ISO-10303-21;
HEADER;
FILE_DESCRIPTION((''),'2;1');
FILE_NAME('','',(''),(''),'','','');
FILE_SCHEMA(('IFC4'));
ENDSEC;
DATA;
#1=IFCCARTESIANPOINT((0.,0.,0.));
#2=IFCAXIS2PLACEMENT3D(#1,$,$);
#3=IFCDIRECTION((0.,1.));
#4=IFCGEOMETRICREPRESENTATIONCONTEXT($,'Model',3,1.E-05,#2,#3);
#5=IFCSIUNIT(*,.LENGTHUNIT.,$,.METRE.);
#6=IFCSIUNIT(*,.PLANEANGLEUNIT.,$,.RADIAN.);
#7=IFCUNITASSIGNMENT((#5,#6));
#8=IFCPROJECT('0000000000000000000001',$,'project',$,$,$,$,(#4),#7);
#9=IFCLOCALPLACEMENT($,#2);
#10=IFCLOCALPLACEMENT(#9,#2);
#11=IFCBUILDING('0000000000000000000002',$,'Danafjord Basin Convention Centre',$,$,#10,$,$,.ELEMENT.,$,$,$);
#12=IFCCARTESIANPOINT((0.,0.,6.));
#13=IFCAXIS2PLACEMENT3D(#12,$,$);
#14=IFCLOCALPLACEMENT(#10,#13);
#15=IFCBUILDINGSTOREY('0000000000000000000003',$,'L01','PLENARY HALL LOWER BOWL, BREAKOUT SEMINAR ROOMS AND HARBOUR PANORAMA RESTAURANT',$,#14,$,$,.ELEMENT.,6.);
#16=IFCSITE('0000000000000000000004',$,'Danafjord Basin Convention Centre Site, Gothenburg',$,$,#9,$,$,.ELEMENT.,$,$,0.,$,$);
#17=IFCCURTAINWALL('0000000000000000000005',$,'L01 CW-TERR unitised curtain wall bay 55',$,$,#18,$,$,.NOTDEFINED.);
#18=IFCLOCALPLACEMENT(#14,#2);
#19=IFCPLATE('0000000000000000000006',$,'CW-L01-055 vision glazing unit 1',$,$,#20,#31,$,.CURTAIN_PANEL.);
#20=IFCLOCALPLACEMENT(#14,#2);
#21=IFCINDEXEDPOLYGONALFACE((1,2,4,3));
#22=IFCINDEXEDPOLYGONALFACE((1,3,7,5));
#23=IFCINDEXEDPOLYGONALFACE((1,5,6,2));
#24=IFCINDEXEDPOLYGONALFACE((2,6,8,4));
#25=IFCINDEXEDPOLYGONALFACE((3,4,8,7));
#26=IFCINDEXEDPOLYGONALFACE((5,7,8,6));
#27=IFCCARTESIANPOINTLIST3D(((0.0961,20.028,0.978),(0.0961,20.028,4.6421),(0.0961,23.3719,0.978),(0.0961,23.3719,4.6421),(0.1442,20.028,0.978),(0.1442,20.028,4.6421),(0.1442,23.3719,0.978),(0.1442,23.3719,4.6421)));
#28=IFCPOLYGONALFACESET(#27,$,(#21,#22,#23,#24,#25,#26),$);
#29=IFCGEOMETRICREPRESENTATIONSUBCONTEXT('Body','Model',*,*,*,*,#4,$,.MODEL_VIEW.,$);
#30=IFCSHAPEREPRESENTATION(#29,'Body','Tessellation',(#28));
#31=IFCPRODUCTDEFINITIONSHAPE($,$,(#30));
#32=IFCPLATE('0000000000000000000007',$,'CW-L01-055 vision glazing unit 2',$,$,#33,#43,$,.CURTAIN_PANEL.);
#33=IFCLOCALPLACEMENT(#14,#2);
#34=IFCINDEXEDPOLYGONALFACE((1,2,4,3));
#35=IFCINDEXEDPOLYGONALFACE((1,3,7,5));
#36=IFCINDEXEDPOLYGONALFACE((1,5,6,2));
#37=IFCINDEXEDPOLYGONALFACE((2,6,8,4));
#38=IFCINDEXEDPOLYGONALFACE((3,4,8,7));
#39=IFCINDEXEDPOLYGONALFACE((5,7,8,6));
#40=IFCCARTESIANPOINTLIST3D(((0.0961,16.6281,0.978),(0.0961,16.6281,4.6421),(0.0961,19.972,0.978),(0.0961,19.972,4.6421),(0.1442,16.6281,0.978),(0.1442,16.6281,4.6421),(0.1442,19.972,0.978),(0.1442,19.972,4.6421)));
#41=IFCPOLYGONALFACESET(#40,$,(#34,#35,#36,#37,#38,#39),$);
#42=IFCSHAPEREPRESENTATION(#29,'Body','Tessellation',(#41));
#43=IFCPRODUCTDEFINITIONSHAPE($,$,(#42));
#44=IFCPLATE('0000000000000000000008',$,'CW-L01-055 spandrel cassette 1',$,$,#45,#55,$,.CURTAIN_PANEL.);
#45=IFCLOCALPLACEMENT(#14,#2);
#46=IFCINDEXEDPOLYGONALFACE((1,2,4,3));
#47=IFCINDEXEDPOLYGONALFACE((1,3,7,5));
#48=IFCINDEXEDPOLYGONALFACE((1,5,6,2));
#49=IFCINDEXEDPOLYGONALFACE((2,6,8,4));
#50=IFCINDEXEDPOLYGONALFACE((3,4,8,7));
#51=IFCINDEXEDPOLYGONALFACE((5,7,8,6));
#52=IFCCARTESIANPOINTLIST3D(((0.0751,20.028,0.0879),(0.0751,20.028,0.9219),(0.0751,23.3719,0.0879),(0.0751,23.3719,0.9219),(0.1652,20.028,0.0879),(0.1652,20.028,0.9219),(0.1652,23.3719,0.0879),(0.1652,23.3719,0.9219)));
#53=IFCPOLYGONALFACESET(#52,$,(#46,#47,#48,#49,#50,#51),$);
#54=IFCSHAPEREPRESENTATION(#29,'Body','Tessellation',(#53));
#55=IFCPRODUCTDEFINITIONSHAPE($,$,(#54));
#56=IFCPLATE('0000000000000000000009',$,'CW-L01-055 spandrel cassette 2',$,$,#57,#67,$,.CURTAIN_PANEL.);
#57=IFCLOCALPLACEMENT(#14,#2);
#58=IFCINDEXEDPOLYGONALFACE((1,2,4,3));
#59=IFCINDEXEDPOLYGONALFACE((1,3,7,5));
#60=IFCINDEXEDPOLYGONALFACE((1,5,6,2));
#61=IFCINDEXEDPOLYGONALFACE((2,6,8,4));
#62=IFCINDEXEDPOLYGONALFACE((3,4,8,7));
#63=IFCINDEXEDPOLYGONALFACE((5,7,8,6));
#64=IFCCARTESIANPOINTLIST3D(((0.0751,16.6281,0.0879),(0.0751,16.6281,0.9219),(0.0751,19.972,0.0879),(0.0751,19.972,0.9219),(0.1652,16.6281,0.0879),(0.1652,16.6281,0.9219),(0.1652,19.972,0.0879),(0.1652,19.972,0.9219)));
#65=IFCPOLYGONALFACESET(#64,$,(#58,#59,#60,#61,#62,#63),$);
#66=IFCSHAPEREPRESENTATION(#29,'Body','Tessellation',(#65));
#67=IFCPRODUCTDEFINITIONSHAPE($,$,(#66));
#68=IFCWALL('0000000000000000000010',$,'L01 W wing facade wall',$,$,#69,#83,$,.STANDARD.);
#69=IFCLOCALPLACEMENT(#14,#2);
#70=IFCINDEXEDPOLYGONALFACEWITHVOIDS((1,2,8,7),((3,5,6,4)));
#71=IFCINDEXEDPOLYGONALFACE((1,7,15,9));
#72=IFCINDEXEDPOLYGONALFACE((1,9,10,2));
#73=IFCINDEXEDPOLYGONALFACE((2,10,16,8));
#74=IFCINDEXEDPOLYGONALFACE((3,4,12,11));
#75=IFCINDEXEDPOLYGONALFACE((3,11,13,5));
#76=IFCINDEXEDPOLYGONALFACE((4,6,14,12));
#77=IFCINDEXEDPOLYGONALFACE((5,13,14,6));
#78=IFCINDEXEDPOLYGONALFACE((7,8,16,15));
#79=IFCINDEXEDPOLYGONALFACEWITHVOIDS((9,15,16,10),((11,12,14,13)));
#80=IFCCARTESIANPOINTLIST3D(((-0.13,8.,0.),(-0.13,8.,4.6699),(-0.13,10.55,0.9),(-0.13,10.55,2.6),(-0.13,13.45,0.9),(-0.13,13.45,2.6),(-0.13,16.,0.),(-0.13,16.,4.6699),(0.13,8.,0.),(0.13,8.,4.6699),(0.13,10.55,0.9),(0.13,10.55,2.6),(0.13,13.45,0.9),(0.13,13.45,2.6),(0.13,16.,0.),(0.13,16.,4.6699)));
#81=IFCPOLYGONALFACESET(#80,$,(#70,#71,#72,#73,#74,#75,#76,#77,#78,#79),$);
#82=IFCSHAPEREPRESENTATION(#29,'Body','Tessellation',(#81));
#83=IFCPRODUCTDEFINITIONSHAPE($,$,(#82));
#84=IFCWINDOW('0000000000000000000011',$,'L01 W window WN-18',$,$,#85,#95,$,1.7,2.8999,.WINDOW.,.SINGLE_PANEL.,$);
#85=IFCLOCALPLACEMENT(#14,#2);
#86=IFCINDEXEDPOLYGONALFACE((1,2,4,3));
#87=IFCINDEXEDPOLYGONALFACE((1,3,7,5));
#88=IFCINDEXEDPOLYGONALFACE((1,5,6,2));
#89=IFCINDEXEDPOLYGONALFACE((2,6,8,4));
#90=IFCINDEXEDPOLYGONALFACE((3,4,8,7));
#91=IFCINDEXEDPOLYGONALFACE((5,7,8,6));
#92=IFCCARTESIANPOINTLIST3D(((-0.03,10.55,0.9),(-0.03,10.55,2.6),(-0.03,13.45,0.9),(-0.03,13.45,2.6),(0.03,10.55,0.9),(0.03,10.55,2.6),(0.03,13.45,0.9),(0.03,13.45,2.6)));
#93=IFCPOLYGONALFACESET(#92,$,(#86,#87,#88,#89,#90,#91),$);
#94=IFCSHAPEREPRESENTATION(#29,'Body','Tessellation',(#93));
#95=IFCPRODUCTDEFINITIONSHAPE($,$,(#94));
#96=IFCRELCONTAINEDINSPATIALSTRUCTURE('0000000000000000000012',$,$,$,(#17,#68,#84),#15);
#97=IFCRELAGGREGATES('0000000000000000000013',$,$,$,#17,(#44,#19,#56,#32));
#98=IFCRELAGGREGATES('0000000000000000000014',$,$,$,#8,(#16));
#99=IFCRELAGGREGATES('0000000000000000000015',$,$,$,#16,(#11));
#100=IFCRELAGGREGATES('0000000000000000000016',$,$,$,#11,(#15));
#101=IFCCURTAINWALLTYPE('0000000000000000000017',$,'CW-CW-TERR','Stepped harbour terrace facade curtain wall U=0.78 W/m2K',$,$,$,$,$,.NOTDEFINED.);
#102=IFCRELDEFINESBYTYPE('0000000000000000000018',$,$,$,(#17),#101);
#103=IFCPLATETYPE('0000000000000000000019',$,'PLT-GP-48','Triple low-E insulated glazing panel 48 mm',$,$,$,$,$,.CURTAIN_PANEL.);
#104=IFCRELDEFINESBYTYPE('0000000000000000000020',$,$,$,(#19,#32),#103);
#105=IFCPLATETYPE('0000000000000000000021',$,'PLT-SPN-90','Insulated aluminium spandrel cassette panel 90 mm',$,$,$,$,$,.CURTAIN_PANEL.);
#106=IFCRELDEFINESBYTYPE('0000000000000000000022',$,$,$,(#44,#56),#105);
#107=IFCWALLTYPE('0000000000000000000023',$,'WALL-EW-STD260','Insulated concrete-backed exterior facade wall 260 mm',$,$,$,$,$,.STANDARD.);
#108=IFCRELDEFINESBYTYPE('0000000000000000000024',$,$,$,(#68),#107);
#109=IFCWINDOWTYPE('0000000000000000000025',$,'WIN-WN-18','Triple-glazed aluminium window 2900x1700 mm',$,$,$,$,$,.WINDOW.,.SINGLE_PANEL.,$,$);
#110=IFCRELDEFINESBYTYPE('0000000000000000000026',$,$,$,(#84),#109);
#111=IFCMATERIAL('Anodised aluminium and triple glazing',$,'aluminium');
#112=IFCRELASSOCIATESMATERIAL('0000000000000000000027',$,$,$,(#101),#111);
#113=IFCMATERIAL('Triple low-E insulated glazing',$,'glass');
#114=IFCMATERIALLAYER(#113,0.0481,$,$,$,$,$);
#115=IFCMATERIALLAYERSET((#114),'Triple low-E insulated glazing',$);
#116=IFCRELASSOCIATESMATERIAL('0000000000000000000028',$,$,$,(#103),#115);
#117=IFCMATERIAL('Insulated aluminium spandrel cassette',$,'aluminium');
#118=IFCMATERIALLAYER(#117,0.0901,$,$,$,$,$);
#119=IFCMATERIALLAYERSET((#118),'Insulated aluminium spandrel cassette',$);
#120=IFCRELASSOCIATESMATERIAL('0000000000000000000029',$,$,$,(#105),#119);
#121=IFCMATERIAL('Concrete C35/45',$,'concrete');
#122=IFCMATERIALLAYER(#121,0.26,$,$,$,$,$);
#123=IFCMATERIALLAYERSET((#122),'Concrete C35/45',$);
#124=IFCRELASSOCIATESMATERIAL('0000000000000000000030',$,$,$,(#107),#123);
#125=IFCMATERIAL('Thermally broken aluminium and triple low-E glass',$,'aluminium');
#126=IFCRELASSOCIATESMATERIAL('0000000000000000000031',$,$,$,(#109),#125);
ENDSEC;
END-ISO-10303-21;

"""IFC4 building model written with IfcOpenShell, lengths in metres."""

from ifc_helpers import new_model, si_unit, direction, frame, frame_2d, origin, origin_2d, place, context, subcontext, project, spatial, rectangle, extrude, material, layer, layer_set, type_object, element, fill, aggregate, save


model = new_model("IFC4")

# Units and contexts
model_context = context("Model", 3, precision=1e-05, world=origin(), true_north=direction((0.0, 1.0)))
body_context = subcontext(model_context, "Body", "Model", "MODEL_VIEW")
ifc_project = project(units=[si_unit("LENGTHUNIT", "METRE"), si_unit("PLANEANGLEUNIT", "RADIAN")], contexts=[model_context])

# Site, building, storey
site_placement = place(None, origin())
site = spatial("IfcSite", under=ifc_project, at=site_placement, Name="Danafjord Basin Convention Centre Site, Gothenburg", CompositionType="ELEMENT", RefElevation=0.0)
building_placement = place(site_placement, origin())
building = spatial("IfcBuilding", under=site, at=building_placement, Name="Danafjord Basin Convention Centre", CompositionType="ELEMENT")
storey_placement = place(building_placement, frame((0.0, 0.0, 6.0)))
storey = spatial("IfcBuildingStorey", under=building, at=storey_placement, Name="L01", Description="PLENARY HALL LOWER BOWL, BREAKOUT SEMINAR ROOMS AND HARBOUR PANORAMA RESTAURANT", CompositionType="ELEMENT", Elevation=6.0)

# Curtain wall
ifc_material_1 = material(Name="Anodised aluminium and triple glazing", Category="aluminium")
curtain_wall_type_1 = type_object("IfcCurtainWallType", Name="CW-CW-TERR", Description="Stepped harbour terrace facade curtain wall U=0.78 W/m2K", PredefinedType="NOTDEFINED", material=ifc_material_1)
curtain_wall_1_placement = place(storey_placement, origin())
curtain_wall_1 = element("IfcCurtainWall", 1, at=curtain_wall_1_placement, inside=storey, type_object=curtain_wall_type_1, Name="L01 CW-TERR unitised curtain wall bay 55", PredefinedType="NOTDEFINED")

# Plates
ifc_material_2 = material(Name="Triple low-E insulated glazing", Category="glass")
ifc_layer_1 = layer(ifc_material_2, 0.0481)
ifc_layer_set_1 = layer_set([ifc_layer_1], Name="Triple low-E insulated glazing")
plate_type_1 = type_object("IfcPlateType", Name="PLT-GP-48", Description="Triple low-E insulated glazing panel 48 mm", PredefinedType="CURTAIN_PANEL", material=ifc_layer_set_1)
plate_1_placement = place(storey_placement, frame((0.1201, 21.7, 0.978), z_axis=(0.0, 0.0, 1.0), x_axis=(0.0, -1.0, 0.0)))
plate_1 = element("IfcPlate", 2, at=plate_1_placement, type_object=plate_type_1, Name="CW-L01-055 vision glazing unit 1", PredefinedType="CURTAIN_PANEL", context=body_context, shape_type="SweptSolid", body=[
    extrude(rectangle(XDim=3.344, YDim=0.0481, at=origin_2d()), origin(), (0.0, 0.0, 1.0), 3.6641),
])
plate_2_placement = place(storey_placement, frame((0.1201, 18.3, 0.978), z_axis=(0.0, 0.0, 1.0), x_axis=(0.0, -1.0, 0.0)))
plate_2 = element("IfcPlate", 3, at=plate_2_placement, type_object=plate_type_1, Name="CW-L01-055 vision glazing unit 2", PredefinedType="CURTAIN_PANEL", context=body_context, shape_type="SweptSolid", body=[
    extrude(rectangle(XDim=3.344, YDim=0.0481, at=origin_2d()), origin(), (0.0, 0.0, 1.0), 3.6641),
])
ifc_material_3 = material(Name="Insulated aluminium spandrel cassette", Category="aluminium")
ifc_layer_2 = layer(ifc_material_3, 0.0901)
ifc_layer_set_2 = layer_set([ifc_layer_2], Name="Insulated aluminium spandrel cassette")
plate_type_2 = type_object("IfcPlateType", Name="PLT-SPN-90", Description="Insulated aluminium spandrel cassette panel 90 mm", PredefinedType="CURTAIN_PANEL", material=ifc_layer_set_2)
plate_3_placement = place(storey_placement, frame((0.1201, 21.7, 0.0879), z_axis=(0.0, 0.0, 1.0), x_axis=(0.0, -1.0, 0.0)))
plate_3 = element("IfcPlate", 4, at=plate_3_placement, type_object=plate_type_2, Name="CW-L01-055 spandrel cassette 1", PredefinedType="CURTAIN_PANEL", context=body_context, shape_type="SweptSolid", body=[
    extrude(rectangle(XDim=3.344, YDim=0.0901, at=origin_2d()), origin(), (0.0, 0.0, 1.0), 0.834),
])
plate_4_placement = place(storey_placement, frame((0.1201, 18.3, 0.0879), z_axis=(0.0, 0.0, 1.0), x_axis=(0.0, -1.0, 0.0)))
plate_4 = element("IfcPlate", 5, at=plate_4_placement, type_object=plate_type_2, Name="CW-L01-055 spandrel cassette 2", PredefinedType="CURTAIN_PANEL", context=body_context, shape_type="SweptSolid", body=[
    extrude(rectangle(XDim=3.344, YDim=0.0901, at=origin_2d()), origin(), (0.0, 0.0, 1.0), 0.834),
])
aggregate(curtain_wall_1, [plate_3, plate_1, plate_4, plate_2])

# Wall, opening, window
ifc_material_4 = material(Name="Concrete C35/45", Category="concrete")
ifc_layer_3 = layer(ifc_material_4, 0.26)
ifc_layer_set_3 = layer_set([ifc_layer_3], Name="Concrete C35/45")
wall_type = type_object("IfcWallType", Name="WALL-EW-STD260", Description="Insulated concrete-backed exterior facade wall 260 mm", PredefinedType="STANDARD", material=ifc_layer_set_3)
wall_placement = place(storey_placement, frame((0.0, 8.0, 0.0), z_axis=(0.0, 0.0, 1.0), x_axis=(0.0, 1.0, 0.0)))
wall = element("IfcWall", 6, at=wall_placement, inside=storey, type_object=wall_type, Name="L01 W wing facade wall", PredefinedType="STANDARD", context=body_context, shape_type="SweptSolid", body=[
    extrude(rectangle(XDim=8.0, YDim=0.26, at=frame_2d((4.0, 0.0))), origin(), (0.0, 0.0, 1.0), 4.6699),
])
opening_placement = place(wall_placement, frame((2.55, 0.0, 0.8999)))
opening = element("IfcOpeningElement", 7, at=opening_placement, cuts=wall, PredefinedType="OPENING", context=body_context, shape_type="SweptSolid", body=[
    extrude(rectangle(XDim=2.8999, YDim=1.7, at=frame_2d((1.45, 0.8501))), frame((0.0, 0.1399, 0.0), z_axis=(0.0, -1.0, 0.0), x_axis=(1.0, 0.0, 0.0)), (0.0, 0.0, 1.0), 0.28),
])
ifc_material_5 = material(Name="Thermally broken aluminium and triple low-E glass", Category="aluminium")
window_type = type_object("IfcWindowType", Name="WIN-WN-18", Description="Triple-glazed aluminium window 2900x1700 mm", PartitioningType="SINGLE_PANEL", PredefinedType="WINDOW", material=ifc_material_5)
window_placement = place(opening_placement, origin())
window = element("IfcWindow", 8, at=window_placement, inside=storey, type_object=window_type, Name="L01 W window WN-18", OverallHeight=1.7, OverallWidth=2.8999, PartitioningType="SINGLE_PANEL", PredefinedType="WINDOW", context=body_context, shape_type="SweptSolid", body=[
    extrude(rectangle(XDim=2.8999, YDim=1.7, at=frame_2d((1.45, 0.8501))), frame((0.0, 0.03, 0.0), z_axis=(0.0, -1.0, 0.0), x_axis=(1.0, 0.0, 0.0)), (0.0, 0.0, 1.0), 0.0601),
])
fill(opening, window)

save(model, "model.ifc")
